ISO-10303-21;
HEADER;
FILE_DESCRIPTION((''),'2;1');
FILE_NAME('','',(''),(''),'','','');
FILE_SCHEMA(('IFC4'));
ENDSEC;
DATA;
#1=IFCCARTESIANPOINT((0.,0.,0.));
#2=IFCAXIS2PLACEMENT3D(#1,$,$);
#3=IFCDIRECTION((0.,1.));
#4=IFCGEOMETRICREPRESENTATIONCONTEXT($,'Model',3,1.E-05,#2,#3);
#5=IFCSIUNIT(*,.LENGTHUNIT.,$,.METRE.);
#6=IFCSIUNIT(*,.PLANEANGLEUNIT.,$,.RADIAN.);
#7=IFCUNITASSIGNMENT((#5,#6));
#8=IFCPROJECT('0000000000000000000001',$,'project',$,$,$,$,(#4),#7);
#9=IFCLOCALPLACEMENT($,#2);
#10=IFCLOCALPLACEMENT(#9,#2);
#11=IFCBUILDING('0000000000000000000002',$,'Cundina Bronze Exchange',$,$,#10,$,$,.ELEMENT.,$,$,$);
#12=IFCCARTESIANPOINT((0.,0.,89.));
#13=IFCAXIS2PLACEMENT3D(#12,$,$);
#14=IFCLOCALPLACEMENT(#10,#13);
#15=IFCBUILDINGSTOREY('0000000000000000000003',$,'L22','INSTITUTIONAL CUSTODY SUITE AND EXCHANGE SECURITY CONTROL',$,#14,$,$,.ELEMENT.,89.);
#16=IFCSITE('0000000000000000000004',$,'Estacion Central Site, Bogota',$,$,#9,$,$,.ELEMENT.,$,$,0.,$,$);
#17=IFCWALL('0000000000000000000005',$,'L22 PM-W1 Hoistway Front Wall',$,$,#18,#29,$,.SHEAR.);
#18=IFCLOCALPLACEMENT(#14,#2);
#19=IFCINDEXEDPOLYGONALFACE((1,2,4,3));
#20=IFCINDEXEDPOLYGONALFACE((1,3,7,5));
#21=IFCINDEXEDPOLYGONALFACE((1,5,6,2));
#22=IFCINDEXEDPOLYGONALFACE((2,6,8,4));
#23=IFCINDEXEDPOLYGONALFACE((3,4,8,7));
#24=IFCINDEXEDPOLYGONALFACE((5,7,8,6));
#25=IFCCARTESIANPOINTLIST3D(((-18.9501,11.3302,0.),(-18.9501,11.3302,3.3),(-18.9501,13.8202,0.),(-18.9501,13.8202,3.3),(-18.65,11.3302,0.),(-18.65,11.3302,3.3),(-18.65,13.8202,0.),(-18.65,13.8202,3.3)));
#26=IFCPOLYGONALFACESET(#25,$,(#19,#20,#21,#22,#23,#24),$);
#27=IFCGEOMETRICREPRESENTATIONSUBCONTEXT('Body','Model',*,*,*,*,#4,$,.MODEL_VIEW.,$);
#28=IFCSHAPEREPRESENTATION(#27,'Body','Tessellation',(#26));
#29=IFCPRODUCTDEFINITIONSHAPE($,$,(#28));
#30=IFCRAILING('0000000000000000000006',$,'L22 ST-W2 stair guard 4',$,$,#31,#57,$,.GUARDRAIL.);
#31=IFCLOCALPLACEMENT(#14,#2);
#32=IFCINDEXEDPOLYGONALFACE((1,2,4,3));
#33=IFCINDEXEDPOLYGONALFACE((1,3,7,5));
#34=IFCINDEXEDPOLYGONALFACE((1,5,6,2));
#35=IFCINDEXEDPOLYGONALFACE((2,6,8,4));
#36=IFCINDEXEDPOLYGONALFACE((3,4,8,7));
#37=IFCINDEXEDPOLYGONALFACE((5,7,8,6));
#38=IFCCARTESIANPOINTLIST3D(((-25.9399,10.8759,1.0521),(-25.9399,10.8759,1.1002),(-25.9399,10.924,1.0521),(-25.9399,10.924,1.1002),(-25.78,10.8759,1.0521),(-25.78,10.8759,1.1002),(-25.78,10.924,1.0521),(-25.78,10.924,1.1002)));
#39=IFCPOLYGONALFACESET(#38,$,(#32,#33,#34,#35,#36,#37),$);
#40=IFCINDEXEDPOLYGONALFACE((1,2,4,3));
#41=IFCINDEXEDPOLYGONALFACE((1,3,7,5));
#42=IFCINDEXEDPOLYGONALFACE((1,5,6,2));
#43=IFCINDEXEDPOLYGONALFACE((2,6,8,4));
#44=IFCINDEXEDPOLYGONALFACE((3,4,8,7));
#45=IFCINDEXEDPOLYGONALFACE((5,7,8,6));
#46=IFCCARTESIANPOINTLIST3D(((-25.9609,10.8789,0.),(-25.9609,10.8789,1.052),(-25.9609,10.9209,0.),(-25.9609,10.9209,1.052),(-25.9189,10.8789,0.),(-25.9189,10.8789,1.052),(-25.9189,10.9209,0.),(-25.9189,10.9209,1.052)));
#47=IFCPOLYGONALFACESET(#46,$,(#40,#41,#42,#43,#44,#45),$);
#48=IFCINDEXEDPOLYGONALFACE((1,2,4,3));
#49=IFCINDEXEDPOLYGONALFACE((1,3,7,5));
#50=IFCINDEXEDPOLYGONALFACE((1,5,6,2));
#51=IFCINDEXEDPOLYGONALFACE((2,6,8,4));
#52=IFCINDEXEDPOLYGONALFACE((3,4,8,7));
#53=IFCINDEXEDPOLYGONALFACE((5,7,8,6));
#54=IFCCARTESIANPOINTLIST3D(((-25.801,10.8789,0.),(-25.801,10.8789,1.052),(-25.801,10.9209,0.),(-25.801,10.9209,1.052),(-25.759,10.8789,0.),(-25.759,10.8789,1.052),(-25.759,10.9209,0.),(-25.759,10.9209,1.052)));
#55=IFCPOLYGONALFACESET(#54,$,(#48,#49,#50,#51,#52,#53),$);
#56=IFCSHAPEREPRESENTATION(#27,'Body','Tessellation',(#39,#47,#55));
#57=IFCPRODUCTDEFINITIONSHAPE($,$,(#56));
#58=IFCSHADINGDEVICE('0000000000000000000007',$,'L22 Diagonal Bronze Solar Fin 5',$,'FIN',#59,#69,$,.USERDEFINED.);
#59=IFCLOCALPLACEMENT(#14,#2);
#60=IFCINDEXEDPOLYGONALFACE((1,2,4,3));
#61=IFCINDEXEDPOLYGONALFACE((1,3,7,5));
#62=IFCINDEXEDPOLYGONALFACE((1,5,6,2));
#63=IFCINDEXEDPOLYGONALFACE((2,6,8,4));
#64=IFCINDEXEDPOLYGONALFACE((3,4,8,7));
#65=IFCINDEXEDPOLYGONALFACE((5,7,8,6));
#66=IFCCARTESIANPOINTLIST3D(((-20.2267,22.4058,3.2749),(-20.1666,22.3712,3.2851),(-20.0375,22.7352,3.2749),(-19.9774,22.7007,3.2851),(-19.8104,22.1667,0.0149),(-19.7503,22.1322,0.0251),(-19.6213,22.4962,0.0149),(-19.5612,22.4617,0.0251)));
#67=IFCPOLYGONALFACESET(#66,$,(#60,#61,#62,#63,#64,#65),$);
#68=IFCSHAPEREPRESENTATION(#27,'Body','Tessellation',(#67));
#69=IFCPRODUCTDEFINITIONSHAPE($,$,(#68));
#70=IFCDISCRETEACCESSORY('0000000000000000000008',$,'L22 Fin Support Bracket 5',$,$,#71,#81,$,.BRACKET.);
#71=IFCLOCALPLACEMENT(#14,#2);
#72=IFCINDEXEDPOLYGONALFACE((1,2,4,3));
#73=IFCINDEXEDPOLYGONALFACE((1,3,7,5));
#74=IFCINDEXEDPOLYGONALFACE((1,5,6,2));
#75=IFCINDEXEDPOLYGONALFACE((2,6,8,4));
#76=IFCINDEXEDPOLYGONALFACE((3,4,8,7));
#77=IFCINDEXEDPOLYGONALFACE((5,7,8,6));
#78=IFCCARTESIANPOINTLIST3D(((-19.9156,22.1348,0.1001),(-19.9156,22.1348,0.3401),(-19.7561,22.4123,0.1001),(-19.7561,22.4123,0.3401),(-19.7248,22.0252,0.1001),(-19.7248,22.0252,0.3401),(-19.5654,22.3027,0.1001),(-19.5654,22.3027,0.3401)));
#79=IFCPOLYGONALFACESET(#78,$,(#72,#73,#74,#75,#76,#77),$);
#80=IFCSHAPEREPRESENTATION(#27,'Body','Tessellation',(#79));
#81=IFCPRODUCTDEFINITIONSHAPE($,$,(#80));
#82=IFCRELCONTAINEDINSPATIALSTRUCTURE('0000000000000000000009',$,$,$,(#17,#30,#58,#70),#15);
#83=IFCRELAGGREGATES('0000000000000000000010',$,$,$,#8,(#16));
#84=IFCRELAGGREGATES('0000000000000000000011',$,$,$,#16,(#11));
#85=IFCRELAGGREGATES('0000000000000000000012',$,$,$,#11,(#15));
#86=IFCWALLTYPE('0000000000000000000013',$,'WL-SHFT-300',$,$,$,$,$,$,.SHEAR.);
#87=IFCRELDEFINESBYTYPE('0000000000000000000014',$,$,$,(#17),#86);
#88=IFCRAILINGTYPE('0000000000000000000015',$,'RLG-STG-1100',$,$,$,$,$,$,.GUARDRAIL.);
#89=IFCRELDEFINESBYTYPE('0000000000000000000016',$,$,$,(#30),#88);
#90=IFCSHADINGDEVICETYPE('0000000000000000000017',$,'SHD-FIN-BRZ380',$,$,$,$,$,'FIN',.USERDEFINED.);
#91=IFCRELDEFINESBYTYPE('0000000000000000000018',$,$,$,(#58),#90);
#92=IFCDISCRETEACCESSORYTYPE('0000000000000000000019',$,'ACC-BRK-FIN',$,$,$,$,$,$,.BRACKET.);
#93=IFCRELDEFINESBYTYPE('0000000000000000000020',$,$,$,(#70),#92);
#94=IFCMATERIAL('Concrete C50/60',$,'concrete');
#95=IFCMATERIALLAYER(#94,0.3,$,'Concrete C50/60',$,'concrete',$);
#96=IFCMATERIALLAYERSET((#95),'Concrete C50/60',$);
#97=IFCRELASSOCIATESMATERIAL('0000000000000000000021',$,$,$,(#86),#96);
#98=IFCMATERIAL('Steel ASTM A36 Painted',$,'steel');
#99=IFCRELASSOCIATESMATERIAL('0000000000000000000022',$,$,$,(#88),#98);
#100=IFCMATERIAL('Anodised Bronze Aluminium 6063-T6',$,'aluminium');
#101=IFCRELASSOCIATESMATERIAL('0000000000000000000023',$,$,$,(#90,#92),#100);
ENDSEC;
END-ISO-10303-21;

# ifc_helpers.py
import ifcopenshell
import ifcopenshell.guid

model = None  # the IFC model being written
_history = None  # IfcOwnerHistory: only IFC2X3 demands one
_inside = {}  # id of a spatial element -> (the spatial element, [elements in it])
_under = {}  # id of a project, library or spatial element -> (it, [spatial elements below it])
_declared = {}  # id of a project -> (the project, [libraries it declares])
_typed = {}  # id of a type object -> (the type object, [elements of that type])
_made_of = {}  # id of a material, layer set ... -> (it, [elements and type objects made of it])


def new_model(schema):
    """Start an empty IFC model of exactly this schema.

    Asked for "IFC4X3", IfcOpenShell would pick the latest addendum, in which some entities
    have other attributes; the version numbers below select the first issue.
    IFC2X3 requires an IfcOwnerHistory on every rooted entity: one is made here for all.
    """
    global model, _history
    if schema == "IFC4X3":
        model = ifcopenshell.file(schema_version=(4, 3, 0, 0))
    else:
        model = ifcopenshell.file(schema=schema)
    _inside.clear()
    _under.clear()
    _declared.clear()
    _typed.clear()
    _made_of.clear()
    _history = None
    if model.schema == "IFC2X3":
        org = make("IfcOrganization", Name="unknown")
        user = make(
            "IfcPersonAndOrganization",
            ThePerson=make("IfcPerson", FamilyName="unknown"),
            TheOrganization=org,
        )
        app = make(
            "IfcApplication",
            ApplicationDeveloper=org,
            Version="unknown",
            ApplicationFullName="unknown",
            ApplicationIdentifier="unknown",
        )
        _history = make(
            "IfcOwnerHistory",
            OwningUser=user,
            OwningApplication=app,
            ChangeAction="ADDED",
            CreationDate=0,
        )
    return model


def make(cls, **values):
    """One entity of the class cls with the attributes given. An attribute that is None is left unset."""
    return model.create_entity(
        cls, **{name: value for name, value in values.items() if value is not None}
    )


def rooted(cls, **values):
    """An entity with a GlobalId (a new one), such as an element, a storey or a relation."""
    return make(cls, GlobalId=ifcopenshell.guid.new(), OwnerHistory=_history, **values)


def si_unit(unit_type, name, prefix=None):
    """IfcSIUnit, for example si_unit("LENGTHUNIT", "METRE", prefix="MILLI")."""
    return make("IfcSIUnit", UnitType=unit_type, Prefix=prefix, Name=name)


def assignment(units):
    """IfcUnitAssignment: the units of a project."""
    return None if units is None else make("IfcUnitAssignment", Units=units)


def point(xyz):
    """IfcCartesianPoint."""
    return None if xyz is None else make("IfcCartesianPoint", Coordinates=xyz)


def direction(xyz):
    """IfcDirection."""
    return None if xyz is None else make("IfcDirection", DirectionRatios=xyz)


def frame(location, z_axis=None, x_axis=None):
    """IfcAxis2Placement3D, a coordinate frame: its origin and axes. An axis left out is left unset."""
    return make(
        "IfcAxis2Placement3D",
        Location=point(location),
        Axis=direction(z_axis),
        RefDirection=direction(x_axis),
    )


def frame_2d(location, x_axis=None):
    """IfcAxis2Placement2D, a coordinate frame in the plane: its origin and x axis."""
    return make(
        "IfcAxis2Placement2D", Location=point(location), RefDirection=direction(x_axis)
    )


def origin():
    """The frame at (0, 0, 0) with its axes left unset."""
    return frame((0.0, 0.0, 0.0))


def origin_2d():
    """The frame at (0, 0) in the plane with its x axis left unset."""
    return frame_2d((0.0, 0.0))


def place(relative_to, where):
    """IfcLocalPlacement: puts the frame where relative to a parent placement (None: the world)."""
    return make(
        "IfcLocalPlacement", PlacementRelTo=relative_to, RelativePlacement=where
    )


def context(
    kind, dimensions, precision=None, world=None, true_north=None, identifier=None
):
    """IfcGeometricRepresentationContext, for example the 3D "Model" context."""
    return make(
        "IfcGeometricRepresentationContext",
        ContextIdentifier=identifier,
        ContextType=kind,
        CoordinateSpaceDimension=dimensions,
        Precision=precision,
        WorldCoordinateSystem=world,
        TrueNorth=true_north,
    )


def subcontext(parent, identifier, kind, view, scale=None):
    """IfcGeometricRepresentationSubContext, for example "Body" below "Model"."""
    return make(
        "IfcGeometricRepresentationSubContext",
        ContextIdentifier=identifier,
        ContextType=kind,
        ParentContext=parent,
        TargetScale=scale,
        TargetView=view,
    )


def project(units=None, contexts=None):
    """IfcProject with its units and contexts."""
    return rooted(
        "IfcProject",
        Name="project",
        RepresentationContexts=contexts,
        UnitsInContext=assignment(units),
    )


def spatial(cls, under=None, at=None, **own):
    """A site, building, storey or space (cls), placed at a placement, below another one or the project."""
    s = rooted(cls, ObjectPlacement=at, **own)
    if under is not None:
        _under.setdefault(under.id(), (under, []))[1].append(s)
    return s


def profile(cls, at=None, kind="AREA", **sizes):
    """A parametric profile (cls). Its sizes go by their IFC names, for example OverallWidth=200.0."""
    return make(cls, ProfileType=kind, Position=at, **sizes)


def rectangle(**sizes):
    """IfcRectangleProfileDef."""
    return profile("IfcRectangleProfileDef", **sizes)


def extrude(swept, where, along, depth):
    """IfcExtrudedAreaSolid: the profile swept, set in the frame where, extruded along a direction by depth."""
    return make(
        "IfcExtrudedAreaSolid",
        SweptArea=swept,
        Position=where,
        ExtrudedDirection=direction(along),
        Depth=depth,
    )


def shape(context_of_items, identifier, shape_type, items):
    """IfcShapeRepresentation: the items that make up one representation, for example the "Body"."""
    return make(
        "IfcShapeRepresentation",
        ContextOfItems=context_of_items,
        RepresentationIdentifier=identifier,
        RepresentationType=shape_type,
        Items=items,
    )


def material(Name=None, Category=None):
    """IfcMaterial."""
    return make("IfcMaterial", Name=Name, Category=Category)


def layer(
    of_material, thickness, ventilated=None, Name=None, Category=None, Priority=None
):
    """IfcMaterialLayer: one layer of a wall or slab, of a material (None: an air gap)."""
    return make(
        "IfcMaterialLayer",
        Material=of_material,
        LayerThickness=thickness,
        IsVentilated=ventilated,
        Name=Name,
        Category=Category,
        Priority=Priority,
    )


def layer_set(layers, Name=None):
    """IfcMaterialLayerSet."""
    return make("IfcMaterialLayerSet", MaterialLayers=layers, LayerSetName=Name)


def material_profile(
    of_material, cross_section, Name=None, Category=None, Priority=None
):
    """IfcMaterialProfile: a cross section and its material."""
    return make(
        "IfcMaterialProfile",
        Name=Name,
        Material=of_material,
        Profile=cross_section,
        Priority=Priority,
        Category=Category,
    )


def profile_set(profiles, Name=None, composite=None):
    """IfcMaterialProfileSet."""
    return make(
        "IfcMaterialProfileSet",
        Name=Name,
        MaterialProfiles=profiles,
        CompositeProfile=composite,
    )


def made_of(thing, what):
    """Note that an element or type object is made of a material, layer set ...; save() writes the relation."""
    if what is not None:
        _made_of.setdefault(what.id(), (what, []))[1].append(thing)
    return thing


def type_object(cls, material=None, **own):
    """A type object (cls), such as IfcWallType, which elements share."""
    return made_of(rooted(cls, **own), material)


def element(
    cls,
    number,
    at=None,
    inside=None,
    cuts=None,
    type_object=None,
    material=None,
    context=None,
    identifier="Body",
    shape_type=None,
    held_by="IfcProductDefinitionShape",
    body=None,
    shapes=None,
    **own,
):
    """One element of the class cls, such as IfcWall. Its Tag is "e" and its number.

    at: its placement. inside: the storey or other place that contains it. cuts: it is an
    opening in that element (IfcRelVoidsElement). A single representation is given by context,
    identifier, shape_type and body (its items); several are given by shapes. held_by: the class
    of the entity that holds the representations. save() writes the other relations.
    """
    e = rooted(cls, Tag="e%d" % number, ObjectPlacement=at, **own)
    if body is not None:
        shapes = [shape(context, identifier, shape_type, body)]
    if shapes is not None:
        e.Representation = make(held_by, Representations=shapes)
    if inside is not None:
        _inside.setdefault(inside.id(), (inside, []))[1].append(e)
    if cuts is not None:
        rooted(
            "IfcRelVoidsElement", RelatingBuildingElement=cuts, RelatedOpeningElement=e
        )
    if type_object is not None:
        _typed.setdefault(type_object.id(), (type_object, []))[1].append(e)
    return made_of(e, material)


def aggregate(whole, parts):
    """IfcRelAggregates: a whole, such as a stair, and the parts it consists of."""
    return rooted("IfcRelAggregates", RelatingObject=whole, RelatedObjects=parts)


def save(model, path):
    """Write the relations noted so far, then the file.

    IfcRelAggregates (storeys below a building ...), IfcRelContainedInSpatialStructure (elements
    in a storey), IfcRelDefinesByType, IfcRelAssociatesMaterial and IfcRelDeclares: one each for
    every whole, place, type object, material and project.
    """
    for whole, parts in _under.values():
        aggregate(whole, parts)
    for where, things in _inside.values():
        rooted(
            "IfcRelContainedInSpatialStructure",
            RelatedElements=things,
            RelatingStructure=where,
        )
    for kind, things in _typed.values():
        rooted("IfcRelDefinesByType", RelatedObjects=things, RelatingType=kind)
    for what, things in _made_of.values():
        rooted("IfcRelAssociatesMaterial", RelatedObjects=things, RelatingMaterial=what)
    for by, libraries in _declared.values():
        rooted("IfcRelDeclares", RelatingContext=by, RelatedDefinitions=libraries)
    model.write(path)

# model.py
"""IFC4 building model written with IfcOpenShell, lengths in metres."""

from ifc_helpers import new_model, si_unit, direction, frame, frame_2d, origin, origin_2d, place, context, subcontext, project, spatial, rectangle, extrude, material, layer, layer_set, material_profile, profile_set, type_object, element, save


model = new_model("IFC4")

# Units and contexts
model_context = context("Model", 3, precision=1e-05, world=origin(), true_north=direction((0.0, 1.0)))
body_context = subcontext(model_context, "Body", "Model", "MODEL_VIEW")
ifc_project = project(units=[si_unit("LENGTHUNIT", "METRE"), si_unit("PLANEANGLEUNIT", "RADIAN")], contexts=[model_context])

# Site, building, storey
site_placement = place(None, origin())
site = spatial("IfcSite", under=ifc_project, at=site_placement, Name="Estacion Central Site, Bogota", CompositionType="ELEMENT", RefElevation=0.0)
building_placement = place(site_placement, origin())
building = spatial("IfcBuilding", under=site, at=building_placement, Name="Cundina Bronze Exchange", CompositionType="ELEMENT")
storey_placement = place(building_placement, frame((0.0, 0.0, 89.0)))
storey = spatial("IfcBuildingStorey", under=building, at=storey_placement, Name="L22", Description="INSTITUTIONAL CUSTODY SUITE AND EXCHANGE SECURITY CONTROL", CompositionType="ELEMENT", Elevation=89.0)

# Shared definitions
ifc_material_1 = material(Name="Anodised Bronze Aluminium 6063-T6", Category="aluminium")

# Shared definitions
ifc_material_2 = material(Name="Concrete C50/60", Category="concrete")
ifc_layer_1 = layer(ifc_material_2, 0.3, Name="Concrete C50/60", Category="concrete")
ifc_layer_set_1 = layer_set([ifc_layer_1], Name="Concrete C50/60")
wall_type_1 = type_object("IfcWallType", Name="WL-SHFT-300", PredefinedType="SHEAR", material=ifc_layer_set_1)
ifc_material_3 = material(Name="Steel ASTM A36 Painted", Category="steel")

# Wall
wall_1_placement = place(storey_placement, frame((-18.8, 11.3301, 0.0), z_axis=(0.0, 0.0, 1.0), x_axis=(0.0, 1.0, 0.0)))
element("IfcWall", 1, at=wall_1_placement, inside=storey, type_object=wall_type_1, Name="L22 PM-W1 Hoistway Front Wall", PredefinedType="SHEAR", context=body_context, shape_type="SweptSolid", body=[
    extrude(rectangle(XDim=2.49, YDim=0.3, at=frame_2d((1.2451, 0.0))), origin(), (0.0, 0.0, 1.0), 3.3),
])

# Railing
railing_type = type_object("IfcRailingType", Name="RLG-STG-1100", PredefinedType="GUARDRAIL", material=ifc_material_3)
railing_placement = place(storey_placement, frame((-25.9399, 10.8999, 0.0)))
element("IfcRailing", 2, at=railing_placement, inside=storey, type_object=railing_type, Name="L22 ST-W2 stair guard 4", PredefinedType="GUARDRAIL", context=body_context, shape_type="SweptSolid", body=[
    extrude(rectangle(XDim=0.0481, YDim=0.0481, at=origin_2d()), frame((0.0, 0.0, 1.0762), z_axis=(1.0, 0.0, 0.0), x_axis=(0.0, 1.0, 0.0)), (0.0, 0.0, 1.0), 0.1599),
    extrude(rectangle(XDim=0.042, YDim=0.042, at=origin_2d()), origin(), (0.0, 0.0, 1.0), 1.052),
    extrude(rectangle(XDim=0.042, YDim=0.042, at=origin_2d()), frame((0.1599, 0.0, 0.0)), (0.0, 0.0, 1.0), 1.052),
])

# Shading device
ifc_material_profile_1 = material_profile(ifc_material_1, rectangle(XDim=0.0701, YDim=0.3799, at=origin_2d()), Name="FIN70X380", Category="aluminium")
ifc_profile_set_1 = profile_set([ifc_material_profile_1], Name="Anodised Bronze Aluminium 6063-T6")
shading_device_type = type_object("IfcShadingDeviceType", Name="SHD-FIN-BRZ380", ElementType="FIN", PredefinedType="USERDEFINED", material=ifc_profile_set_1)
shading_device_placement = place(storey_placement, frame((-19.6858, 22.3142, 0.02), z_axis=(-0.126325, 0.072535, 0.989333), x_axis=(0.857958, -0.492634, 0.145668)))
element("IfcShadingDevice", 3, at=shading_device_placement, inside=storey, type_object=shading_device_type, Name="L22 Diagonal Bronze Solar Fin 5", ObjectType="FIN", PredefinedType="USERDEFINED", context=body_context, shape_type="SweptSolid", body=[
    extrude(rectangle(XDim=0.0701, YDim=0.3799, at=origin_2d()), origin(), (0.0, 0.0, 1.0), 3.2952),
])

# Discrete accessory
discrete_accessory_type = type_object("IfcDiscreteAccessoryType", Name="ACC-BRK-FIN", PredefinedType="BRACKET", material=ifc_material_1)
discrete_accessory_placement = place(storey_placement, frame((-19.7405, 22.2188, 0.1001), z_axis=(0.0, 0.0, 1.0), x_axis=(-0.867105, 0.498125, 0.0)))
element("IfcDiscreteAccessory", 4, at=discrete_accessory_placement, inside=storey, type_object=discrete_accessory_type, Name="L22 Fin Support Bracket 5", PredefinedType="BRACKET", context=body_context, shape_type="SweptSolid", body=[
    extrude(rectangle(XDim=0.22, YDim=0.3201, at=origin_2d()), origin(), (0.0, 0.0, 1.0), 0.24),
])

save(model, "model.ifc")
